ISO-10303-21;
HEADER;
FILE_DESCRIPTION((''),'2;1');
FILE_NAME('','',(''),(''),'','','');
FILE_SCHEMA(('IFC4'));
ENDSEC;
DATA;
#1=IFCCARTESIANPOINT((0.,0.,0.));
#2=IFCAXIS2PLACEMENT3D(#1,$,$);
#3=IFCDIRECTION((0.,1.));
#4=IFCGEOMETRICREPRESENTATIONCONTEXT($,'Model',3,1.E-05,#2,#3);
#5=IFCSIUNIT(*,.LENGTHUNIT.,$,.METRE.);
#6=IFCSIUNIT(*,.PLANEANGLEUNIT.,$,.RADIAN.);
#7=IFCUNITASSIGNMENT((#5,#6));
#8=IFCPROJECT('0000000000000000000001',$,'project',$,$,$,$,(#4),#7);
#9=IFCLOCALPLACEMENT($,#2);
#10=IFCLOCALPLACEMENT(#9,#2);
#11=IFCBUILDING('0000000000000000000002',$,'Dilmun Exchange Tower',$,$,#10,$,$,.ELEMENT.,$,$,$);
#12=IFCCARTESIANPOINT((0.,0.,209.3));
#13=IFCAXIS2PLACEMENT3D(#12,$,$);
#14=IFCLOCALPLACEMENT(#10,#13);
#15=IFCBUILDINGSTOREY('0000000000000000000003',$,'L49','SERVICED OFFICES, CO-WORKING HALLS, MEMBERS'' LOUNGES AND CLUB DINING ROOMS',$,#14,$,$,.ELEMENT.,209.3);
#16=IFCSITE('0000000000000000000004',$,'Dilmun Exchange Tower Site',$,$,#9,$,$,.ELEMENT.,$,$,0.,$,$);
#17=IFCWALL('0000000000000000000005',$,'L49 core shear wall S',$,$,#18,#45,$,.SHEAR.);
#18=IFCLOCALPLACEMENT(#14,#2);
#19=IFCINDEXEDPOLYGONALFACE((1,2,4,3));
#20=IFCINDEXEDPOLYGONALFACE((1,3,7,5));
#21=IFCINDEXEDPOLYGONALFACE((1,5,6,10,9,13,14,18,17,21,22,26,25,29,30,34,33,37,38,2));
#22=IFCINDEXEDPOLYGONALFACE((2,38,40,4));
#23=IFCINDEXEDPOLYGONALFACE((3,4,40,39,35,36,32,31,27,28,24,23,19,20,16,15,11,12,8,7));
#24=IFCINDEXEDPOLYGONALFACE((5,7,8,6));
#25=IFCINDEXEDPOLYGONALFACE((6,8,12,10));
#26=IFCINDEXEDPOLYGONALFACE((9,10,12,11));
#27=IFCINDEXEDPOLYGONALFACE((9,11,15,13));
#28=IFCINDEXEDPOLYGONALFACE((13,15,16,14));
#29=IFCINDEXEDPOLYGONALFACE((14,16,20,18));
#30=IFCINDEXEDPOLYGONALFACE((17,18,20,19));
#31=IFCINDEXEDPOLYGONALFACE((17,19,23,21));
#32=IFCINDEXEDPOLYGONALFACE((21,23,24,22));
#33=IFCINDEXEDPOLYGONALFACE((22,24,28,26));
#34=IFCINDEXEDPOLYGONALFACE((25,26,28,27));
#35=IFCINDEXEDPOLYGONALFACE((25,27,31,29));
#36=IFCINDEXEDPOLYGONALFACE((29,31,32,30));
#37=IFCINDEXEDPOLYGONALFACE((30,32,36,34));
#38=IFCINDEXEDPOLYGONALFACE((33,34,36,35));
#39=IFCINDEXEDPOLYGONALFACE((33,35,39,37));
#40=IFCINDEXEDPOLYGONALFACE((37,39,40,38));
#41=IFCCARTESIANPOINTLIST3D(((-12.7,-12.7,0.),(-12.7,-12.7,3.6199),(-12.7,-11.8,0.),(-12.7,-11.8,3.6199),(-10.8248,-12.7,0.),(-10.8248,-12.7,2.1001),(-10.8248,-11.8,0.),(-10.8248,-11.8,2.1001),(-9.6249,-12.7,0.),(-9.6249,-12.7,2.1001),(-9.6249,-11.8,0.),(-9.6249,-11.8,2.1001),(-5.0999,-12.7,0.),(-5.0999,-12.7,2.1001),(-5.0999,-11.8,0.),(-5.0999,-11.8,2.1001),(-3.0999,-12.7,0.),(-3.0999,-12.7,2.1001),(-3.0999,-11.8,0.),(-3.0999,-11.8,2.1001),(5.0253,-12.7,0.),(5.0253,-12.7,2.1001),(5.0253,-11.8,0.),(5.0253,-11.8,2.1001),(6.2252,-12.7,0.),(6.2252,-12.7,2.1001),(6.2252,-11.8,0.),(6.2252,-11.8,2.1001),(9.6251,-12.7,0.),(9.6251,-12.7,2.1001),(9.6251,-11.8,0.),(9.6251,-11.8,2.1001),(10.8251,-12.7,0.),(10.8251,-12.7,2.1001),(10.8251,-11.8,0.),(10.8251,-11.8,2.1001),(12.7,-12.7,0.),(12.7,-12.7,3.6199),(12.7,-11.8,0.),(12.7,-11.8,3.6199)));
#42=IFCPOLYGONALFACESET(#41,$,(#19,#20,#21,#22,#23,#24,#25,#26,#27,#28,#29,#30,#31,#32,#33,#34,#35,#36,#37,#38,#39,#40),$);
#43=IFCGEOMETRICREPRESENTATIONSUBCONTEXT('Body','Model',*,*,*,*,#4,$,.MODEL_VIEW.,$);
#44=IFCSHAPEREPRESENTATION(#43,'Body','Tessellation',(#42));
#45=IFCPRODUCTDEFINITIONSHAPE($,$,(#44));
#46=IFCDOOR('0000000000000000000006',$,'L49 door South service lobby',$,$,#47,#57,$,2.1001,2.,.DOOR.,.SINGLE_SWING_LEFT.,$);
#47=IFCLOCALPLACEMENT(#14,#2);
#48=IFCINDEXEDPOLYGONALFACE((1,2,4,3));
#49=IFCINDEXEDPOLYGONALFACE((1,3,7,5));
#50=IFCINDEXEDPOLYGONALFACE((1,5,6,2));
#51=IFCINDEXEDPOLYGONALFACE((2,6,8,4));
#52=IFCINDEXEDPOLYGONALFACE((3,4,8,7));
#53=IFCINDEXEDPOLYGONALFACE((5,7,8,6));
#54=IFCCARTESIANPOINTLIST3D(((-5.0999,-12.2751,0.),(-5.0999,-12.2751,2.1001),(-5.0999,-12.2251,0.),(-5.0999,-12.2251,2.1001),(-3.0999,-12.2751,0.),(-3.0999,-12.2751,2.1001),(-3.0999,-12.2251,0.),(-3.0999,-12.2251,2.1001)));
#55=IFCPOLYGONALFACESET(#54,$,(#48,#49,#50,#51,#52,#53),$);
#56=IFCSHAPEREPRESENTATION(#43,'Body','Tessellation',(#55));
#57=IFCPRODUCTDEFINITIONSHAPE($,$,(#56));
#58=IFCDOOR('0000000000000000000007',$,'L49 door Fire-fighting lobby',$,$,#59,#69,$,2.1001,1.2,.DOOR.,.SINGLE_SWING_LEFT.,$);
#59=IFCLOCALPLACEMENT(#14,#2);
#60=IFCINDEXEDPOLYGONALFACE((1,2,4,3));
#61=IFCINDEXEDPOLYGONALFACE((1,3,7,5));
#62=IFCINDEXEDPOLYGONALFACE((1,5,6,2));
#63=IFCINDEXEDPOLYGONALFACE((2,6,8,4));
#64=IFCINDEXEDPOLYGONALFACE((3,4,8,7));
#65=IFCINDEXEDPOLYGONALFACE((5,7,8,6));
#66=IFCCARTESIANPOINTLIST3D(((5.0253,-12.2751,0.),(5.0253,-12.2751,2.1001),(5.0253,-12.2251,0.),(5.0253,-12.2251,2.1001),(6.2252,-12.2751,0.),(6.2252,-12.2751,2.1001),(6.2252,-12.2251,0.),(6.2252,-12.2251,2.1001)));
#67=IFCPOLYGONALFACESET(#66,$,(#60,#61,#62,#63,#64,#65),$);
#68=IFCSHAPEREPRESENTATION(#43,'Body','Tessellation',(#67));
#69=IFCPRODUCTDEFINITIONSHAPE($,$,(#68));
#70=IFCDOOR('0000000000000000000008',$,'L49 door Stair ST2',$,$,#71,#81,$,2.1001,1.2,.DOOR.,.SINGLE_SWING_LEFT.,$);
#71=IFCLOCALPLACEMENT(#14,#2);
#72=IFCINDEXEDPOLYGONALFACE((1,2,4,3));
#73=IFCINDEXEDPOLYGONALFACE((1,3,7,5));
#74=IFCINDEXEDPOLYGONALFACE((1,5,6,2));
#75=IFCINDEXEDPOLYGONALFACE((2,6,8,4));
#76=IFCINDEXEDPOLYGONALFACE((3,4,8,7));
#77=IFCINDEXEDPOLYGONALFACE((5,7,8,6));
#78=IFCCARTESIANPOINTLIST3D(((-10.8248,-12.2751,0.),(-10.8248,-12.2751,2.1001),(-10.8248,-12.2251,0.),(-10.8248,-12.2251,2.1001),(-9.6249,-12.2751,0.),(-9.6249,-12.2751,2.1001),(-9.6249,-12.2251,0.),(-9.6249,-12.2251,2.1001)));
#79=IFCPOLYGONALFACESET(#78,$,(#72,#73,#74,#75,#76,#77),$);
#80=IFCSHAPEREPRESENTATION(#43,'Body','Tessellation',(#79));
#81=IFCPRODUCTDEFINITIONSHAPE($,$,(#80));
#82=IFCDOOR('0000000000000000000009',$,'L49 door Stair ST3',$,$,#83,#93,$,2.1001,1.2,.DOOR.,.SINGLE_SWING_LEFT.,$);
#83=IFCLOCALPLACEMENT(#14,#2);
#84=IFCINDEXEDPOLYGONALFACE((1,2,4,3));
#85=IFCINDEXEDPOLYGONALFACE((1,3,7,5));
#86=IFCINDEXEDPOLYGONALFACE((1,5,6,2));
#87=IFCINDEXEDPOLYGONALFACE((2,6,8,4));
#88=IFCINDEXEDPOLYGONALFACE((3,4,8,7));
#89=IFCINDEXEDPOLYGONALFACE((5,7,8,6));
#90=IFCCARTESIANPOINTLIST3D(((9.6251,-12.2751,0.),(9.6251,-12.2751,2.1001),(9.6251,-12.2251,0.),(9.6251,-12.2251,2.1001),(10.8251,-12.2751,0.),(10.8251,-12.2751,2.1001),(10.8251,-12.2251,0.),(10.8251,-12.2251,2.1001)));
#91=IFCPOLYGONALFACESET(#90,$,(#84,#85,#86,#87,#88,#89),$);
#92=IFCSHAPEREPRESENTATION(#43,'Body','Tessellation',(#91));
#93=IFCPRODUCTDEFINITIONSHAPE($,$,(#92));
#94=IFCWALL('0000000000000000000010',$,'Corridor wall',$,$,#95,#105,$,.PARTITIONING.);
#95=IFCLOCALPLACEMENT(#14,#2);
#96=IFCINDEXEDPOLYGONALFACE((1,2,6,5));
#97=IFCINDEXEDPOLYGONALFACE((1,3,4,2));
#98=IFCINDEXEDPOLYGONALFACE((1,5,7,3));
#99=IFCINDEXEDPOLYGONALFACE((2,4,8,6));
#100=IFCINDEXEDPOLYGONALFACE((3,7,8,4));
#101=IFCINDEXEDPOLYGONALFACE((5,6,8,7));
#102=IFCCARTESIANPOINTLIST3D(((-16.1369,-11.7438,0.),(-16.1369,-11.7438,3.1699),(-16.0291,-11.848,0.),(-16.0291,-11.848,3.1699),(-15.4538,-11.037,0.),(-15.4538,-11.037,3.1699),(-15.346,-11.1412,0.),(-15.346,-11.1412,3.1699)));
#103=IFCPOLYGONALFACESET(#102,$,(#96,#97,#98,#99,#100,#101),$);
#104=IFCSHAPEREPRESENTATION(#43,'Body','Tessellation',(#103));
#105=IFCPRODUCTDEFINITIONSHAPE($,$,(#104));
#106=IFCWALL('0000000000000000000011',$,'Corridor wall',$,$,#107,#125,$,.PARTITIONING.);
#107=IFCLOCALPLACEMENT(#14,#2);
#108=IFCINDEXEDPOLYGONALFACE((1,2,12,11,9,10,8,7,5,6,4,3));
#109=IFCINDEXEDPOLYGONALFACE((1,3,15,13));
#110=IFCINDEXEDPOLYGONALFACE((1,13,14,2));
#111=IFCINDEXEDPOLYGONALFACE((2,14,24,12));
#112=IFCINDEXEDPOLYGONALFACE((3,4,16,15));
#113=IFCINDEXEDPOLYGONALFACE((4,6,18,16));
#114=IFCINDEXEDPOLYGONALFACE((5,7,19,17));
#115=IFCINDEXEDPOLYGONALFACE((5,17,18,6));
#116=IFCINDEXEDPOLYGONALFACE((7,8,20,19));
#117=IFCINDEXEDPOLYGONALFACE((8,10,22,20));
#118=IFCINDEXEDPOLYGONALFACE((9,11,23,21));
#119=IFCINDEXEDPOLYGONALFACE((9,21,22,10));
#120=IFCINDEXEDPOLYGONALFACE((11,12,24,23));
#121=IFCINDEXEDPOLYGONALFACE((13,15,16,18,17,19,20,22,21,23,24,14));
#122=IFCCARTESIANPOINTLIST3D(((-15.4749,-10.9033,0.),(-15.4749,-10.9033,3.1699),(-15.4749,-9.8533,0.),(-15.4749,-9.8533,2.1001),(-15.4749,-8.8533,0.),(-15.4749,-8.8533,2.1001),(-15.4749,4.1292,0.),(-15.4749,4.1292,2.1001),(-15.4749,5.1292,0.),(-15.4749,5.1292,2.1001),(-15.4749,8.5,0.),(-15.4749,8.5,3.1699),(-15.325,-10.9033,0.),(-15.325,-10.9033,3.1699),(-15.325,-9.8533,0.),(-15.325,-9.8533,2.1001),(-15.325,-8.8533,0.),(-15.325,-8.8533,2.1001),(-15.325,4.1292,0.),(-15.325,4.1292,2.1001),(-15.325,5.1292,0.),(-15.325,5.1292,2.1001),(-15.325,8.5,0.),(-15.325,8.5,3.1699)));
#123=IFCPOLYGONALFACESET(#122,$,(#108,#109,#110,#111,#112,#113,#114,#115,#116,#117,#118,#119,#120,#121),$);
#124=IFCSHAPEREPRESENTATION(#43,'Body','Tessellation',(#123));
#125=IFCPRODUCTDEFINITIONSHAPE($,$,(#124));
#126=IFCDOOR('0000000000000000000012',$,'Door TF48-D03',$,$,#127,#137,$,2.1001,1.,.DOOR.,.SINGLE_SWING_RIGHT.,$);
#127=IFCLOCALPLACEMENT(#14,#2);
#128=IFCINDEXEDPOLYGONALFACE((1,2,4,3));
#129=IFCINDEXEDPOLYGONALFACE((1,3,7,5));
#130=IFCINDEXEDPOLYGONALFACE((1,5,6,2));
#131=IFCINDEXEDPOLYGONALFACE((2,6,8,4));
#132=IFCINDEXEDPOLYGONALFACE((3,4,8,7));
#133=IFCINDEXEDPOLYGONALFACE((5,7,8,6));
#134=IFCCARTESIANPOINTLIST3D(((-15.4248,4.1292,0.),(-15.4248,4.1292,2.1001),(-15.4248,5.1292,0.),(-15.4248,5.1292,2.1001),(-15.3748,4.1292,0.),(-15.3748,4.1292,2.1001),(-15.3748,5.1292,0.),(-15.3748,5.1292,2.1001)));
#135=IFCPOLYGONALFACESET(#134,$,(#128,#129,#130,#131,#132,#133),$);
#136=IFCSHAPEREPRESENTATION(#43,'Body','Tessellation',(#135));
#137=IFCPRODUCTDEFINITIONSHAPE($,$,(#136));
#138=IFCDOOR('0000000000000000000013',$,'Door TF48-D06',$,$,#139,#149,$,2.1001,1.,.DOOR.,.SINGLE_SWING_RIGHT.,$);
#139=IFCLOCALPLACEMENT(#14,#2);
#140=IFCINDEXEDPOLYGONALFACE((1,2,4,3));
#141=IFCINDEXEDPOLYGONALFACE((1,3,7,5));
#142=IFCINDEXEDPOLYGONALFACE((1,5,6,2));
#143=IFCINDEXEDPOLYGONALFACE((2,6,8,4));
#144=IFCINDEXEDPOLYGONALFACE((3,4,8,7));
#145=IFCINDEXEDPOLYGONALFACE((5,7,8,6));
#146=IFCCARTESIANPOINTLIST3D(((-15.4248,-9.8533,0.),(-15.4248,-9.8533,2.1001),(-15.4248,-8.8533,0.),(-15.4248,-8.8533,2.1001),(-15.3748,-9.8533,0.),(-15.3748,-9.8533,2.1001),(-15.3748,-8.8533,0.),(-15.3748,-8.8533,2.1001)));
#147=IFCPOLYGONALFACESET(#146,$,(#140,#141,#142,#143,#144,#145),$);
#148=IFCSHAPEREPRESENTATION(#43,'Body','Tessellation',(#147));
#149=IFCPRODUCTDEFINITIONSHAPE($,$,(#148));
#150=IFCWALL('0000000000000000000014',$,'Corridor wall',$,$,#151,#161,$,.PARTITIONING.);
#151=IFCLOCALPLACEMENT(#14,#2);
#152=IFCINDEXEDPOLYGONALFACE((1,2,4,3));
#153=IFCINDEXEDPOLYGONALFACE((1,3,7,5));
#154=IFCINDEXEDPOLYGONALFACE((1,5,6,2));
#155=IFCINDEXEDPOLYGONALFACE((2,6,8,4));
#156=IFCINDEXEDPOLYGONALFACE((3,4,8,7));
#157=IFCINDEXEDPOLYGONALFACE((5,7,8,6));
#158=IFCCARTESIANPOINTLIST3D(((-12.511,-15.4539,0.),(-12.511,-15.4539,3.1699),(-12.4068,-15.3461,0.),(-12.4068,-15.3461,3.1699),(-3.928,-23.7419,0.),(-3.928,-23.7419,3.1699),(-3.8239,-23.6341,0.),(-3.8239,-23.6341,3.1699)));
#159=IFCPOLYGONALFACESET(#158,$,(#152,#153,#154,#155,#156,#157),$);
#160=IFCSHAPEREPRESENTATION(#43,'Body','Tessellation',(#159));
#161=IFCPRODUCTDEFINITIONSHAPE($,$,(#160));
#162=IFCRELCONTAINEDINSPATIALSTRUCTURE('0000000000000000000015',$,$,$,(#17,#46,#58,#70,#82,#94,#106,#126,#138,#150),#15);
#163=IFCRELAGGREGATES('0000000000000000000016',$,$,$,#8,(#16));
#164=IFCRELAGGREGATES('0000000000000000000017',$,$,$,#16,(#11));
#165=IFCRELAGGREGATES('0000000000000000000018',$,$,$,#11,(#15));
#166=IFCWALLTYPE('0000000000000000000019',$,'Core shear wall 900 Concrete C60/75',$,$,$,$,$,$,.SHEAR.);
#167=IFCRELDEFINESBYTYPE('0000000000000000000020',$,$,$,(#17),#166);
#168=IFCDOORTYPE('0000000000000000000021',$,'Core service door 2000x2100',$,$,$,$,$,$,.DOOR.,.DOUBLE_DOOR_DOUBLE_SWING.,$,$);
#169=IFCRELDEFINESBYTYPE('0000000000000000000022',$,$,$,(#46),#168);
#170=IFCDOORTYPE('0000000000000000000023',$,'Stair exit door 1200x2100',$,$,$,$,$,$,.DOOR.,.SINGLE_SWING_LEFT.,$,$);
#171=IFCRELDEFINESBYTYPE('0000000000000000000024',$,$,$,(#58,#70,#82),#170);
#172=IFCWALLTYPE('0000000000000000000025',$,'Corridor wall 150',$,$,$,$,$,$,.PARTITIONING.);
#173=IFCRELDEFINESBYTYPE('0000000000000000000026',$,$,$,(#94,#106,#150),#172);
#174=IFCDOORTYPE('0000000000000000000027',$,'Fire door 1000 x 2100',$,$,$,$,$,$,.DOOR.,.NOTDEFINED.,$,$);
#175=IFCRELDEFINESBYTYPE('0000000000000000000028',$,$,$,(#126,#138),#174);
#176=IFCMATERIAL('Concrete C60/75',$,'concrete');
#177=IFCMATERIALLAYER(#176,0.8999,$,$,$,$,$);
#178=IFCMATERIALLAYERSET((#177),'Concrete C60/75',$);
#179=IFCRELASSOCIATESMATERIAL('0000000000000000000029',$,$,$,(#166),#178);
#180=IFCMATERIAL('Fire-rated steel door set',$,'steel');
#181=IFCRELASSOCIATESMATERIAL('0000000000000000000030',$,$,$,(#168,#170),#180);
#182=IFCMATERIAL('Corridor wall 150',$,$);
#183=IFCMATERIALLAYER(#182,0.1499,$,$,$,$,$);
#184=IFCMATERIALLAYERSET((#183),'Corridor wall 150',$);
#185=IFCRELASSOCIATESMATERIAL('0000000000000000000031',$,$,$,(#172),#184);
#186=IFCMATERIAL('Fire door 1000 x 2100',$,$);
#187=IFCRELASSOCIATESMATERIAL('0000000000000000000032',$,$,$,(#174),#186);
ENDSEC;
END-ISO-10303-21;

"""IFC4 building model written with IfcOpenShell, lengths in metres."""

from ifc_helpers import new_model, si_unit, direction, frame, frame_2d, origin, place, context, subcontext, project, spatial, rectangle, extrude, material, layer, layer_set, type_object, element, fill, save


model = new_model("IFC4")

# Units and contexts
model_context = context("Model", 3, precision=1e-05, world=origin(), true_north=direction((0.0, 1.0)))
body_context = subcontext(model_context, "Body", "Model", "MODEL_VIEW")
ifc_project = project(units=[si_unit("LENGTHUNIT", "METRE"), si_unit("PLANEANGLEUNIT", "RADIAN")], contexts=[model_context])

# Site, building, storey
site_placement = place(None, origin())
site = spatial("IfcSite", under=ifc_project, at=site_placement, Name="Dilmun Exchange Tower Site", CompositionType="ELEMENT", RefElevation=0.0)
building_placement = place(site_placement, origin())
building = spatial("IfcBuilding", under=site, at=building_placement, Name="Dilmun Exchange Tower", CompositionType="ELEMENT")
storey_placement = place(building_placement, frame((0.0, 0.0, 209.3)))
storey = spatial("IfcBuildingStorey", under=building, at=storey_placement, Name="L49", Description="SERVICED OFFICES, CO-WORKING HALLS, MEMBERS' LOUNGES AND CLUB DINING ROOMS", CompositionType="ELEMENT", Elevation=209.3)

# Shared definitions
ifc_material_1 = material(Name="Concrete C60/75", Category="concrete")

# Wall, openings, doors
ifc_layer_1 = layer(ifc_material_1, 0.8999)
ifc_layer_set_1 = layer_set([ifc_layer_1], Name="Concrete C60/75")
wall_type_1 = type_object("IfcWallType", Name="Core shear wall 900 Concrete C60/75", PredefinedType="SHEAR", material=ifc_layer_set_1)
wall_1_placement = place(storey_placement, frame((-12.7, -12.25, 0.0), z_axis=(0.0, 0.0, 1.0), x_axis=(1.0, 0.0, 0.0)))
wall_1 = element("IfcWall", 1, at=wall_1_placement, inside=storey, type_object=wall_type_1, Name="L49 core shear wall S", PredefinedType="SHEAR", context=body_context, shape_type="SweptSolid", body=[
    extrude(rectangle(XDim=25.3999, YDim=0.8999, at=frame_2d((12.7, 0.0))), origin(), (0.0, 0.0, 1.0), 3.6199),
])
opening_1_placement = place(wall_1_placement, frame((7.6001, 0.0, 0.0)))
opening_1 = element("IfcOpeningElement", 2, at=opening_1_placement, cuts=wall_1, PredefinedType="OPENING", context=body_context, shape_type="SweptSolid", body=[
    extrude(rectangle(XDim=2.0, YDim=2.1001, at=frame_2d((1.0, 1.05))), frame((0.0, 0.46, 0.0), z_axis=(0.0, -1.0, 0.0), x_axis=(1.0, 0.0, 0.0)), (0.0, 0.0, 1.0), 0.9199),
])
opening_2_placement = place(wall_1_placement, frame((17.7251, 0.0, 0.0)))
opening_2 = element("IfcOpeningElement", 3, at=opening_2_placement, cuts=wall_1, PredefinedType="OPENING", context=body_context, shape_type="SweptSolid", body=[
    extrude(rectangle(XDim=1.2, YDim=2.1001, at=frame_2d((0.6001, 1.05))), frame((0.0, 0.46, 0.0), z_axis=(0.0, -1.0, 0.0), x_axis=(1.0, 0.0, 0.0)), (0.0, 0.0, 1.0), 0.9199),
])
opening_3_placement = place(wall_1_placement, frame((1.875, 0.0, 0.0)))
opening_3 = element("IfcOpeningElement", 4, at=opening_3_placement, cuts=wall_1, PredefinedType="OPENING", context=body_context, shape_type="SweptSolid", body=[
    extrude(rectangle(XDim=1.2, YDim=2.1001, at=frame_2d((0.6001, 1.05))), frame((0.0, 0.46, 0.0), z_axis=(0.0, -1.0, 0.0), x_axis=(1.0, 0.0, 0.0)), (0.0, 0.0, 1.0), 0.9199),
])
opening_4_placement = place(wall_1_placement, frame((22.325, 0.0, 0.0)))
opening_4 = element("IfcOpeningElement", 5, at=opening_4_placement, cuts=wall_1, PredefinedType="OPENING", context=body_context, shape_type="SweptSolid", body=[
    extrude(rectangle(XDim=1.2, YDim=2.1001, at=frame_2d((0.6001, 1.05))), frame((0.0, 0.46, 0.0), z_axis=(0.0, -1.0, 0.0), x_axis=(1.0, 0.0, 0.0)), (0.0, 0.0, 1.0), 0.9199),
])
ifc_material_2 = material(Name="Fire-rated steel door set", Category="steel")
door_type_1 = type_object("IfcDoorType", Name="Core service door 2000x2100", OperationType="DOUBLE_DOOR_DOUBLE_SWING", PredefinedType="DOOR", material=ifc_material_2)
door_1_placement = place(opening_1_placement, origin())
door_1 = element("IfcDoor", 6, at=door_1_placement, inside=storey, type_object=door_type_1, Name="L49 door South service lobby", OperationType="SINGLE_SWING_LEFT", OverallHeight=2.1001, OverallWidth=2.0, PredefinedType="DOOR", context=body_context, shape_type="SweptSolid", body=[
    extrude(rectangle(XDim=2.0, YDim=2.1001, at=frame_2d((1.0, 1.05))), frame((0.0, 0.0249, 0.0), z_axis=(0.0, -1.0, 0.0), x_axis=(1.0, 0.0, 0.0)), (0.0, 0.0, 1.0), 0.05),
])
fill(opening_1, door_1)
door_type_2 = type_object("IfcDoorType", Name="Stair exit door 1200x2100", OperationType="SINGLE_SWING_LEFT", PredefinedType="DOOR", material=ifc_material_2)
door_2_placement = place(opening_2_placement, origin())
door_2 = element("IfcDoor", 7, at=door_2_placement, inside=storey, type_object=door_type_2, Name="L49 door Fire-fighting lobby", OperationType="SINGLE_SWING_LEFT", OverallHeight=2.1001, OverallWidth=1.2, PredefinedType="DOOR", context=body_context, shape_type="SweptSolid", body=[
    extrude(rectangle(XDim=1.2, YDim=2.1001, at=frame_2d((0.6001, 1.05))), frame((0.0, 0.0249, 0.0), z_axis=(0.0, -1.0, 0.0), x_axis=(1.0, 0.0, 0.0)), (0.0, 0.0, 1.0), 0.05),
])
fill(opening_2, door_2)
door_3_placement = place(opening_3_placement, origin())
door_3 = element("IfcDoor", 8, at=door_3_placement, inside=storey, type_object=door_type_2, Name="L49 door Stair ST2", OperationType="SINGLE_SWING_LEFT", OverallHeight=2.1001, OverallWidth=1.2, PredefinedType="DOOR", context=body_context, shape_type="SweptSolid", body=[
    extrude(rectangle(XDim=1.2, YDim=2.1001, at=frame_2d((0.6001, 1.05))), frame((0.0, 0.0249, 0.0), z_axis=(0.0, -1.0, 0.0), x_axis=(1.0, 0.0, 0.0)), (0.0, 0.0, 1.0), 0.05),
])
fill(opening_3, door_3)
door_4_placement = place(opening_4_placement, origin())
door_4 = element("IfcDoor", 9, at=door_4_placement, inside=storey, type_object=door_type_2, Name="L49 door Stair ST3", OperationType="SINGLE_SWING_LEFT", OverallHeight=2.1001, OverallWidth=1.2, PredefinedType="DOOR", context=body_context, shape_type="SweptSolid", body=[
    extrude(rectangle(XDim=1.2, YDim=2.1001, at=frame_2d((0.6001, 1.05))), frame((0.0, 0.0249, 0.0), z_axis=(0.0, -1.0, 0.0), x_axis=(1.0, 0.0, 0.0)), (0.0, 0.0, 1.0), 0.05),
])
fill(opening_4, door_4)

# Wall
ifc_material_3 = material(Name="Corridor wall 150")
ifc_layer_2 = layer(ifc_material_3, 0.1499)
ifc_layer_set_2 = layer_set([ifc_layer_2], Name="Corridor wall 150")
wall_type_2 = type_object("IfcWallType", Name="Corridor wall 150", PredefinedType="PARTITIONING", material=ifc_layer_set_2)
wall_2_placement = place(storey_placement, frame((-16.083, -11.7959, 0.0), z_axis=(0.0, 0.0, 1.0), x_axis=(0.694958, 0.71905, 0.0)))
element("IfcWall", 10, at=wall_2_placement, inside=storey, type_object=wall_type_2, Name="Corridor wall", PredefinedType="PARTITIONING", context=body_context, shape_type="SweptSolid", body=[
    extrude(rectangle(XDim=0.9829, YDim=0.1499, at=frame_2d((0.4915, 0.0))), origin(), (0.0, 0.0, 1.0), 3.1699),
])

# Wall, openings, doors
wall_3_placement = place(storey_placement, frame((-15.3999, -10.9033, 0.0), z_axis=(0.0, 0.0, 1.0), x_axis=(0.0, 1.0, 0.0)))
wall_3 = element("IfcWall", 11, at=wall_3_placement, inside=storey, type_object=wall_type_2, Name="Corridor wall", PredefinedType="PARTITIONING", context=body_context, shape_type="SweptSolid", body=[
    extrude(rectangle(XDim=19.4033, YDim=0.1499, at=frame_2d((9.7017, 0.0))), origin(), (0.0, 0.0, 1.0), 3.1699),
])
opening_5_placement = place(wall_3_placement, frame((15.0325, 0.0, 0.0)))
opening_5 = element("IfcOpeningElement", 12, at=opening_5_placement, cuts=wall_3, PredefinedType="OPENING", context=body_context, shape_type="SweptSolid", body=[
    extrude(rectangle(XDim=1.0, YDim=2.1001, at=frame_2d((0.5, 1.05))), frame((0.0, 0.085, 0.0), z_axis=(0.0, -1.0, 0.0), x_axis=(1.0, 0.0, 0.0)), (0.0, 0.0, 1.0), 0.1699),
])
opening_6_placement = place(wall_3_placement, frame((1.05, 0.0, 0.0)))
opening_6 = element("IfcOpeningElement", 13, at=opening_6_placement, cuts=wall_3, PredefinedType="OPENING", context=body_context, shape_type="SweptSolid", body=[
    extrude(rectangle(XDim=1.0, YDim=2.1001, at=frame_2d((0.5, 1.05))), frame((0.0, 0.085, 0.0), z_axis=(0.0, -1.0, 0.0), x_axis=(1.0, 0.0, 0.0)), (0.0, 0.0, 1.0), 0.1699),
])
ifc_material_4 = material(Name="Fire door 1000 x 2100")
door_type_3 = type_object("IfcDoorType", Name="Fire door 1000 x 2100", OperationType="NOTDEFINED", PredefinedType="DOOR", material=ifc_material_4)
door_5_placement = place(opening_5_placement, origin())
door_5 = element("IfcDoor", 14, at=door_5_placement, inside=storey, type_object=door_type_3, Name="Door TF48-D03", OperationType="SINGLE_SWING_RIGHT", OverallHeight=2.1001, OverallWidth=1.0, PredefinedType="DOOR", context=body_context, shape_type="SweptSolid", body=[
    extrude(rectangle(XDim=1.0, YDim=2.1001, at=frame_2d((0.5, 1.05))), frame((0.0, 0.0249, 0.0), z_axis=(0.0, -1.0, 0.0), x_axis=(1.0, 0.0, 0.0)), (0.0, 0.0, 1.0), 0.05),
])
fill(opening_5, door_5)
door_6_placement = place(opening_6_placement, origin())
door_6 = element("IfcDoor", 15, at=door_6_placement, inside=storey, type_object=door_type_3, Name="Door TF48-D06", OperationType="SINGLE_SWING_RIGHT", OverallHeight=2.1001, OverallWidth=1.0, PredefinedType="DOOR", context=body_context, shape_type="SweptSolid", body=[
    extrude(rectangle(XDim=1.0, YDim=2.1001, at=frame_2d((0.5, 1.05))), frame((0.0, 0.0249, 0.0), z_axis=(0.0, -1.0, 0.0), x_axis=(1.0, 0.0, 0.0)), (0.0, 0.0, 1.0), 0.05),
])
fill(opening_6, door_6)

# Wall
wall_4_placement = place(storey_placement, frame((-12.459, -15.3999, 0.0), z_axis=(0.0, 0.0, 1.0), x_axis=(0.719358, -0.69464, 0.0)))
element("IfcWall", 16, at=wall_4_placement, inside=storey, type_object=wall_type_2, Name="Corridor wall", PredefinedType="PARTITIONING", context=body_context, shape_type="SweptSolid", body=[
    extrude(rectangle(XDim=11.9314, YDim=0.1499, at=frame_2d((5.9658, 0.0))), origin(), (0.0, 0.0, 1.0), 3.1699),
])

save(model, "model.ifc")
